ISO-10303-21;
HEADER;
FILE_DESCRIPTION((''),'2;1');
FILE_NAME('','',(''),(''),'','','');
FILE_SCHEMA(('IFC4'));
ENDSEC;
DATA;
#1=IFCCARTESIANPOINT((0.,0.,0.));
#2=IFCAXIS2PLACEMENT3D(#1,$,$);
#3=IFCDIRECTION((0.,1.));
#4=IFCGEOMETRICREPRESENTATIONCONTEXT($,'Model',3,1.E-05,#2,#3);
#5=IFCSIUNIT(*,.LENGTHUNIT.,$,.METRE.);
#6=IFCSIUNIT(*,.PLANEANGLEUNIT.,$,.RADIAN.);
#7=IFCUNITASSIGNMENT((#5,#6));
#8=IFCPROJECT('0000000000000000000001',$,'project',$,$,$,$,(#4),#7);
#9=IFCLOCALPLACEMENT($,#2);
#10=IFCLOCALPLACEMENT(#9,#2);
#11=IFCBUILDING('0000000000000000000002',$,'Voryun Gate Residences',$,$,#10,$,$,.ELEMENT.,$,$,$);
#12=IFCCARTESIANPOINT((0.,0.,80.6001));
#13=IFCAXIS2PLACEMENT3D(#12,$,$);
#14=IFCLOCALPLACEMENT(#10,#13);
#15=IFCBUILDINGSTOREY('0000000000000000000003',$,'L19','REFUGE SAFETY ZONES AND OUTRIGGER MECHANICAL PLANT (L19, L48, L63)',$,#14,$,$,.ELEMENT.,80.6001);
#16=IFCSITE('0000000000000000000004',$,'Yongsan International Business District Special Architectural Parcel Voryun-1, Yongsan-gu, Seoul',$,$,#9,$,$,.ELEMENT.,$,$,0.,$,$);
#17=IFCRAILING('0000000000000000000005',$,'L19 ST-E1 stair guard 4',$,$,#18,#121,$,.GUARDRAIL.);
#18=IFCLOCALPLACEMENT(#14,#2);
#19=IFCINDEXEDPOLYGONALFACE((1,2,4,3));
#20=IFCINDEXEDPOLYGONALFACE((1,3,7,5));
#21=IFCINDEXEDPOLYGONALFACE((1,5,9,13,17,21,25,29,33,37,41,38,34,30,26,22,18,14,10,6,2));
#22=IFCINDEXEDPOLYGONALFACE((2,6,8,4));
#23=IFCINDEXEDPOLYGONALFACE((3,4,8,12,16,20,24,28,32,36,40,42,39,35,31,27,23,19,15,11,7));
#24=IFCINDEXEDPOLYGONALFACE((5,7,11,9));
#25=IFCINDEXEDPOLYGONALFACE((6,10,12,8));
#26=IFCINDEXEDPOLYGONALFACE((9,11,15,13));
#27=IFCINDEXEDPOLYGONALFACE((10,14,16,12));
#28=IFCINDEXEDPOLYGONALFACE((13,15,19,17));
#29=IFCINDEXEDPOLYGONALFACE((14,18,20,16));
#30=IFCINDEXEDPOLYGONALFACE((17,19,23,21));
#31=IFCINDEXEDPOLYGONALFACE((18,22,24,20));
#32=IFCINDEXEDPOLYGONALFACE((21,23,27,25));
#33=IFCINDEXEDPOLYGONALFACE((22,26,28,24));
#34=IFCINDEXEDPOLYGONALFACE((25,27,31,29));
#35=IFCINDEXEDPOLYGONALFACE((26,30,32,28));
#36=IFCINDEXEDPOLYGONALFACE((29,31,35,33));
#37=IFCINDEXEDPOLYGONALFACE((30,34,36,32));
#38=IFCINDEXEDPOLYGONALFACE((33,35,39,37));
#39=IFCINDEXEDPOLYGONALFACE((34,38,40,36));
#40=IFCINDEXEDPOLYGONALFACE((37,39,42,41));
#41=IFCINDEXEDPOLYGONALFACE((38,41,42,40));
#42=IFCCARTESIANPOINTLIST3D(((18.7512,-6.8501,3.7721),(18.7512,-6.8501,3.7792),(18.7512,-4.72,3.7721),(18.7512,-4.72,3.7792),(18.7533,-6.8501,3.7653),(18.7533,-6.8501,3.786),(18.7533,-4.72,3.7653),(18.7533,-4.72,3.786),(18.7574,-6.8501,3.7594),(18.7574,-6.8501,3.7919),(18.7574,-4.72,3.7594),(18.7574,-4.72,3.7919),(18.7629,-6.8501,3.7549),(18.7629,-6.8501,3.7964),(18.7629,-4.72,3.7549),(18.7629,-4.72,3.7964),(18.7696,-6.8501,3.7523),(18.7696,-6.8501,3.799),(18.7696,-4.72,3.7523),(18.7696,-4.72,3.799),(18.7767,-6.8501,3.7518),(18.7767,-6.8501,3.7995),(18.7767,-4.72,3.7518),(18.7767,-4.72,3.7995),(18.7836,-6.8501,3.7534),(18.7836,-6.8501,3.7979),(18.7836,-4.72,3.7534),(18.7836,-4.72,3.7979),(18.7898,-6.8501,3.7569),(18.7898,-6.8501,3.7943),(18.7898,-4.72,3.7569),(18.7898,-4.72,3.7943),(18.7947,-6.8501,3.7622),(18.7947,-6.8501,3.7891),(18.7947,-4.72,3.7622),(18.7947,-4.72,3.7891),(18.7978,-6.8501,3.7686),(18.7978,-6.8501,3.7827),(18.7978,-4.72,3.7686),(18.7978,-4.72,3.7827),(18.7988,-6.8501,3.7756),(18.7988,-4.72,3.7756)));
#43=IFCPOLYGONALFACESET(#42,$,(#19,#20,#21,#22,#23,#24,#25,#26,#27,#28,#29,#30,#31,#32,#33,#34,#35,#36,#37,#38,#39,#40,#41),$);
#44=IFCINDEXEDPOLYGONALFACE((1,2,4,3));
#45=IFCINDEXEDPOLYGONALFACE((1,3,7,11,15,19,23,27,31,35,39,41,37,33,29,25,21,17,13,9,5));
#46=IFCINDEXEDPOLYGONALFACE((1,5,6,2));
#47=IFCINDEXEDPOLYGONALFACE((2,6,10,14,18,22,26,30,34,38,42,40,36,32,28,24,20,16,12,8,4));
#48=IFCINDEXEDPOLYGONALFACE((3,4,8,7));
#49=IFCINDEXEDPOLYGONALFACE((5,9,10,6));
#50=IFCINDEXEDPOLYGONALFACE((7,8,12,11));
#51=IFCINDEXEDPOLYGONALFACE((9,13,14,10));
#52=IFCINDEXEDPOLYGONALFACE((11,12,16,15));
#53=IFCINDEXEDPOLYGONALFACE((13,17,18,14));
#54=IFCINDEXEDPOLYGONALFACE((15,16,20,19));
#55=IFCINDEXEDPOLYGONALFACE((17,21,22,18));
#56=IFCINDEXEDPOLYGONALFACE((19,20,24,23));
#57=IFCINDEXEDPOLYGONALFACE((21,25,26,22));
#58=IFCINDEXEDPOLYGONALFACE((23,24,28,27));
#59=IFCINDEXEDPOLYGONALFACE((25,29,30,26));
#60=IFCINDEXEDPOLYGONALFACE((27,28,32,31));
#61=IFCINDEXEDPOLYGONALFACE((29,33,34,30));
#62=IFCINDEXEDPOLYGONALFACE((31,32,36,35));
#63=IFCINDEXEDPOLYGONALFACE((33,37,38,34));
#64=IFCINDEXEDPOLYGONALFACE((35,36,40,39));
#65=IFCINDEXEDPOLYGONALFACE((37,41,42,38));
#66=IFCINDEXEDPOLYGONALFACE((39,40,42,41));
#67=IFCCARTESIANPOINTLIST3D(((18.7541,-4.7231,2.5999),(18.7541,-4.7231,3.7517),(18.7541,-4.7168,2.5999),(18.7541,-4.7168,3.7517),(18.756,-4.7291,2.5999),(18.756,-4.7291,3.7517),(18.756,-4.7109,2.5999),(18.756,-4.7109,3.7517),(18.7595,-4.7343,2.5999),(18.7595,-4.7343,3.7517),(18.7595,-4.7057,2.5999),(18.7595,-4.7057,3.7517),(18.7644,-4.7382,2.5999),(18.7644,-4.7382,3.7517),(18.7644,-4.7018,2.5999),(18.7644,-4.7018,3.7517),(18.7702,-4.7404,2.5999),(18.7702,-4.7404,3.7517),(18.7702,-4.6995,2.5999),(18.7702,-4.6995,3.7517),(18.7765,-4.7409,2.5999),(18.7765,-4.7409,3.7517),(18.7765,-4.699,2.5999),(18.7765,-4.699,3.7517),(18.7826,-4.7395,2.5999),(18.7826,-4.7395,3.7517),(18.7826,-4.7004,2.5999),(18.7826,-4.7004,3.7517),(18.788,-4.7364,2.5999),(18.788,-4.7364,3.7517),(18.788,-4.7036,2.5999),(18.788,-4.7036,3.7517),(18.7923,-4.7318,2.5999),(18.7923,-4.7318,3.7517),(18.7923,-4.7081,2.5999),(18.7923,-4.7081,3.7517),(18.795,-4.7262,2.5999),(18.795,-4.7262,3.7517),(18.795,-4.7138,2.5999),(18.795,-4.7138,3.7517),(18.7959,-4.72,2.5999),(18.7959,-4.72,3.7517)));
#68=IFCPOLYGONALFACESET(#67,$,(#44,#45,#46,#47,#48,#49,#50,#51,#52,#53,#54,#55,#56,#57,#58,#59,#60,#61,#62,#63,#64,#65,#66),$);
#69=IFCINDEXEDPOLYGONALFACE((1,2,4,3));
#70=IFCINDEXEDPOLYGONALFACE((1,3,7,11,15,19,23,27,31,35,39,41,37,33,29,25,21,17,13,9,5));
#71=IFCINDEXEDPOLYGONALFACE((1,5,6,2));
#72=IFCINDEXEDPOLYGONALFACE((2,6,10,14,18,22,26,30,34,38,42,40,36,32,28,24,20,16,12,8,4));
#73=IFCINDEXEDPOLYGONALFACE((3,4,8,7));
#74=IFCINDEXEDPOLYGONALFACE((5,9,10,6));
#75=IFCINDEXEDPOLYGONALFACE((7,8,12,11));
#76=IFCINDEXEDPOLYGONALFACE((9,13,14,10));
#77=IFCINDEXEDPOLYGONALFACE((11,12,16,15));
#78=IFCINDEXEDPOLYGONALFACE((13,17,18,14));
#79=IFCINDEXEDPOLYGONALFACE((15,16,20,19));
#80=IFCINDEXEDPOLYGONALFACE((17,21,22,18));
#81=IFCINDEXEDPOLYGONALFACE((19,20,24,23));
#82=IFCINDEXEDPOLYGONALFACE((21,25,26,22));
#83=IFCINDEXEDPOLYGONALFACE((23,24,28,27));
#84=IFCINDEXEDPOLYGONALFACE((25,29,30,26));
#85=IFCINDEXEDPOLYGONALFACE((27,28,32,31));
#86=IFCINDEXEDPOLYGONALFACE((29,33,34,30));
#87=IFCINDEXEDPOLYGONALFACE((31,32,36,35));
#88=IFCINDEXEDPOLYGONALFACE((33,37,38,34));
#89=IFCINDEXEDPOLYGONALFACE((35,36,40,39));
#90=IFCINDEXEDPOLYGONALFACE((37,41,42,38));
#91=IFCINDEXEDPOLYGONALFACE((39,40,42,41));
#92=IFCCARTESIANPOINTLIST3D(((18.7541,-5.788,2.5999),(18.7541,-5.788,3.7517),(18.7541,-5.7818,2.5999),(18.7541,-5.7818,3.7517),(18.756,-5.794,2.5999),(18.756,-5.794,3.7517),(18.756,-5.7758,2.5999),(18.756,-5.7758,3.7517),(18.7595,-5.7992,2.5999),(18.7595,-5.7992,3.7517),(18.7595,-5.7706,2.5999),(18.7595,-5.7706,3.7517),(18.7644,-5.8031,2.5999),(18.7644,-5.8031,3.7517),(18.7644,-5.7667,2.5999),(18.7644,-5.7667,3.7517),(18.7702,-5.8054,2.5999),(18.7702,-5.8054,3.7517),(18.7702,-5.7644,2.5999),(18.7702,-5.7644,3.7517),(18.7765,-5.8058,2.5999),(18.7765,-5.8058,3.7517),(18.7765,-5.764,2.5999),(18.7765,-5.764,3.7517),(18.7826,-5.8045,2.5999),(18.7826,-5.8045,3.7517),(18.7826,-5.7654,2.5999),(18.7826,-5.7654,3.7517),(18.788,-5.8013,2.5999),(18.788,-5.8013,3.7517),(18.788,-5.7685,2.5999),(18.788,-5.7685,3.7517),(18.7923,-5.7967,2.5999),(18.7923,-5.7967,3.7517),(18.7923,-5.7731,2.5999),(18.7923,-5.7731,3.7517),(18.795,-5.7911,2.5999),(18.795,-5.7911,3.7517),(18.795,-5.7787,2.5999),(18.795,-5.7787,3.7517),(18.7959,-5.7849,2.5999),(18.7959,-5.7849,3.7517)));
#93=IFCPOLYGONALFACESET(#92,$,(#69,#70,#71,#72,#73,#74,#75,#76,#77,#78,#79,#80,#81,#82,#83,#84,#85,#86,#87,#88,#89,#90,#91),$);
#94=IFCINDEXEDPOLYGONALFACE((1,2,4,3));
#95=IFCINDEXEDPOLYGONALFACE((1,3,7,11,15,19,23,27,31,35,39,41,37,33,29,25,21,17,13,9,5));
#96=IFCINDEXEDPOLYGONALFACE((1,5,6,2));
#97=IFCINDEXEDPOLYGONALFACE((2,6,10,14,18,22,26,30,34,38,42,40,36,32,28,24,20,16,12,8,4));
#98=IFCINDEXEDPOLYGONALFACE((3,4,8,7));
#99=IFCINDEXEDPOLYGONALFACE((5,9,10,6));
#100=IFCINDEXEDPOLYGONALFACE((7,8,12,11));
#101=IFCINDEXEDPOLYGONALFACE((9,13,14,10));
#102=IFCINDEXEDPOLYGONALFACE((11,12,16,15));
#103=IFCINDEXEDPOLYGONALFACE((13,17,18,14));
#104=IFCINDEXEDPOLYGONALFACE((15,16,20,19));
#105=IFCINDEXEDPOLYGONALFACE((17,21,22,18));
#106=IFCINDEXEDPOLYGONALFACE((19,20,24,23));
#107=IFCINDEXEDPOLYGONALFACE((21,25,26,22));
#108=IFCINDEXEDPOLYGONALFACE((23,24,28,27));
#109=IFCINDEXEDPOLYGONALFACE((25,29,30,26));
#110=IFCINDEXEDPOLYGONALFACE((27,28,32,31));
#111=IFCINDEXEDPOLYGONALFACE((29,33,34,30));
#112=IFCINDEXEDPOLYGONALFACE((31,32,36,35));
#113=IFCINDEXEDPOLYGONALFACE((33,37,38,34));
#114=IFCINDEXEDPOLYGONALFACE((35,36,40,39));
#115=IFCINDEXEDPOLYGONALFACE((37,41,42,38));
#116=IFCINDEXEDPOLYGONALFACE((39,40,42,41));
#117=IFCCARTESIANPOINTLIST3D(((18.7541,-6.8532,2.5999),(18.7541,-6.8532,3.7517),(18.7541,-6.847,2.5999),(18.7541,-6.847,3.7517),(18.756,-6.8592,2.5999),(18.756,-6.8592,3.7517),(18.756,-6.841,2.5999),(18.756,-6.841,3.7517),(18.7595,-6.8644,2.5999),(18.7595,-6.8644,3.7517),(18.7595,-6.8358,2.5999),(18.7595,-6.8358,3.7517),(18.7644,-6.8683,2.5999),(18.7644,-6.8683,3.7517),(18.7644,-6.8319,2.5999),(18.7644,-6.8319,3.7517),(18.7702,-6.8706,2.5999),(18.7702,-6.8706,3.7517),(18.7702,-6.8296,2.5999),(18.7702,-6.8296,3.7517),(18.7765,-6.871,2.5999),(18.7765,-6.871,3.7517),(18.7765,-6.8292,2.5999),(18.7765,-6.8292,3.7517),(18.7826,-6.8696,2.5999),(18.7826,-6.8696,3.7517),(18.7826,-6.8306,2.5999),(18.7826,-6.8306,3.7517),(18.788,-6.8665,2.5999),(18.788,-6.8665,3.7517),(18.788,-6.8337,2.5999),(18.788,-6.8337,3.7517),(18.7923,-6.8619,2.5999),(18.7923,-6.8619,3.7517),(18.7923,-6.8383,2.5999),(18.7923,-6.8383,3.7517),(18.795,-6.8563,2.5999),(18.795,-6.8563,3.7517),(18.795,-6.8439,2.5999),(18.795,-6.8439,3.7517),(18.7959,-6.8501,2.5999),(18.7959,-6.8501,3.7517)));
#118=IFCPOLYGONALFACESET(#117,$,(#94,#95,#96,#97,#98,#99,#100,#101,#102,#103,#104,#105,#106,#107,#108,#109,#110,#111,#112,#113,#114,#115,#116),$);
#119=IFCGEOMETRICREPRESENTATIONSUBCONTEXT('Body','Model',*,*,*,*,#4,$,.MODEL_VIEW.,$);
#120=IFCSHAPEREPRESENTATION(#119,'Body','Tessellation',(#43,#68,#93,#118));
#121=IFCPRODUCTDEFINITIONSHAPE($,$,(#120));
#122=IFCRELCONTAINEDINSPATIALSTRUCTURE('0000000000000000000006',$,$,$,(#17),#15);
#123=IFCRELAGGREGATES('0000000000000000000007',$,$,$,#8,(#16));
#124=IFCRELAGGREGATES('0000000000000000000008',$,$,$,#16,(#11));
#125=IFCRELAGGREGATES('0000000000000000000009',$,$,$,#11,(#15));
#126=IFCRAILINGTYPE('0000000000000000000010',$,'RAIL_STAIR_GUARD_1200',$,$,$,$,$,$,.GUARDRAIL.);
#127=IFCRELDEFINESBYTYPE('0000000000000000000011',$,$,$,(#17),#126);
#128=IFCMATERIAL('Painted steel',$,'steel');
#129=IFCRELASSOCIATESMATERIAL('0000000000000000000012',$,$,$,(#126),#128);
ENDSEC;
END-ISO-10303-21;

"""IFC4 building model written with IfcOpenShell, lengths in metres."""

from ifc_helpers import new_model, si_unit, direction, frame, origin, origin_2d, place, context, subcontext, project, spatial, circle, extrude, material, type_object, element, save


model = new_model("IFC4")

# Units and contexts
model_context = context("Model", 3, precision=1e-05, world=origin(), true_north=direction((0.0, 1.0)))
body_context = subcontext(model_context, "Body", "Model", "MODEL_VIEW")
ifc_project = project(units=[si_unit("LENGTHUNIT", "METRE"), si_unit("PLANEANGLEUNIT", "RADIAN")], contexts=[model_context])

# Site, building, storey
site_placement = place(None, origin())
site = spatial("IfcSite", under=ifc_project, at=site_placement, Name="Yongsan International Business District Special Architectural Parcel Voryun-1, Yongsan-gu, Seoul", CompositionType="ELEMENT", RefElevation=0.0)
building_placement = place(site_placement, origin())
building = spatial("IfcBuilding", under=site, at=building_placement, Name="Voryun Gate Residences", CompositionType="ELEMENT")
storey_placement = place(building_placement, frame((0.0, 0.0, 80.6001)))
storey = spatial("IfcBuildingStorey", under=building, at=storey_placement, Name="L19", Description="REFUGE SAFETY ZONES AND OUTRIGGER MECHANICAL PLANT (L19, L48, L63)", CompositionType="ELEMENT", Elevation=80.6001)

# Railing
ifc_material_1 = material(Name="Painted steel", Category="steel")
railing_type_1 = type_object("IfcRailingType", Name="RAIL_STAIR_GUARD_1200", PredefinedType="GUARDRAIL", material=ifc_material_1)
railing_1_placement = place(storey_placement, frame((18.7749, -4.72, 2.5999)))
element("IfcRailing", 1, at=railing_1_placement, inside=storey, type_object=railing_type_1, Name="L19 ST-E1 stair guard 4", PredefinedType="GUARDRAIL", context=body_context, shape_type="SweptSolid", body=[
    extrude(circle(Radius=0.0239, at=origin_2d()), frame((0.0, 0.0, 1.1758), z_axis=(0.0, -1.0, 0.0), x_axis=(1.0, 0.0, 0.0)), (0.0, 0.0, 1.0), 2.1301),
    extrude(circle(Radius=0.021, at=origin_2d()), origin(), (0.0, 0.0, 1.0), 1.1519),
    extrude(circle(Radius=0.021, at=origin_2d()), frame((0.0, -1.0649, 0.0)), (0.0, 0.0, 1.0), 1.1519),
    extrude(circle(Radius=0.021, at=origin_2d()), frame((0.0, -2.1301, 0.0)), (0.0, 0.0, 1.0), 1.1519),
])

save(model, "model.ifc")
